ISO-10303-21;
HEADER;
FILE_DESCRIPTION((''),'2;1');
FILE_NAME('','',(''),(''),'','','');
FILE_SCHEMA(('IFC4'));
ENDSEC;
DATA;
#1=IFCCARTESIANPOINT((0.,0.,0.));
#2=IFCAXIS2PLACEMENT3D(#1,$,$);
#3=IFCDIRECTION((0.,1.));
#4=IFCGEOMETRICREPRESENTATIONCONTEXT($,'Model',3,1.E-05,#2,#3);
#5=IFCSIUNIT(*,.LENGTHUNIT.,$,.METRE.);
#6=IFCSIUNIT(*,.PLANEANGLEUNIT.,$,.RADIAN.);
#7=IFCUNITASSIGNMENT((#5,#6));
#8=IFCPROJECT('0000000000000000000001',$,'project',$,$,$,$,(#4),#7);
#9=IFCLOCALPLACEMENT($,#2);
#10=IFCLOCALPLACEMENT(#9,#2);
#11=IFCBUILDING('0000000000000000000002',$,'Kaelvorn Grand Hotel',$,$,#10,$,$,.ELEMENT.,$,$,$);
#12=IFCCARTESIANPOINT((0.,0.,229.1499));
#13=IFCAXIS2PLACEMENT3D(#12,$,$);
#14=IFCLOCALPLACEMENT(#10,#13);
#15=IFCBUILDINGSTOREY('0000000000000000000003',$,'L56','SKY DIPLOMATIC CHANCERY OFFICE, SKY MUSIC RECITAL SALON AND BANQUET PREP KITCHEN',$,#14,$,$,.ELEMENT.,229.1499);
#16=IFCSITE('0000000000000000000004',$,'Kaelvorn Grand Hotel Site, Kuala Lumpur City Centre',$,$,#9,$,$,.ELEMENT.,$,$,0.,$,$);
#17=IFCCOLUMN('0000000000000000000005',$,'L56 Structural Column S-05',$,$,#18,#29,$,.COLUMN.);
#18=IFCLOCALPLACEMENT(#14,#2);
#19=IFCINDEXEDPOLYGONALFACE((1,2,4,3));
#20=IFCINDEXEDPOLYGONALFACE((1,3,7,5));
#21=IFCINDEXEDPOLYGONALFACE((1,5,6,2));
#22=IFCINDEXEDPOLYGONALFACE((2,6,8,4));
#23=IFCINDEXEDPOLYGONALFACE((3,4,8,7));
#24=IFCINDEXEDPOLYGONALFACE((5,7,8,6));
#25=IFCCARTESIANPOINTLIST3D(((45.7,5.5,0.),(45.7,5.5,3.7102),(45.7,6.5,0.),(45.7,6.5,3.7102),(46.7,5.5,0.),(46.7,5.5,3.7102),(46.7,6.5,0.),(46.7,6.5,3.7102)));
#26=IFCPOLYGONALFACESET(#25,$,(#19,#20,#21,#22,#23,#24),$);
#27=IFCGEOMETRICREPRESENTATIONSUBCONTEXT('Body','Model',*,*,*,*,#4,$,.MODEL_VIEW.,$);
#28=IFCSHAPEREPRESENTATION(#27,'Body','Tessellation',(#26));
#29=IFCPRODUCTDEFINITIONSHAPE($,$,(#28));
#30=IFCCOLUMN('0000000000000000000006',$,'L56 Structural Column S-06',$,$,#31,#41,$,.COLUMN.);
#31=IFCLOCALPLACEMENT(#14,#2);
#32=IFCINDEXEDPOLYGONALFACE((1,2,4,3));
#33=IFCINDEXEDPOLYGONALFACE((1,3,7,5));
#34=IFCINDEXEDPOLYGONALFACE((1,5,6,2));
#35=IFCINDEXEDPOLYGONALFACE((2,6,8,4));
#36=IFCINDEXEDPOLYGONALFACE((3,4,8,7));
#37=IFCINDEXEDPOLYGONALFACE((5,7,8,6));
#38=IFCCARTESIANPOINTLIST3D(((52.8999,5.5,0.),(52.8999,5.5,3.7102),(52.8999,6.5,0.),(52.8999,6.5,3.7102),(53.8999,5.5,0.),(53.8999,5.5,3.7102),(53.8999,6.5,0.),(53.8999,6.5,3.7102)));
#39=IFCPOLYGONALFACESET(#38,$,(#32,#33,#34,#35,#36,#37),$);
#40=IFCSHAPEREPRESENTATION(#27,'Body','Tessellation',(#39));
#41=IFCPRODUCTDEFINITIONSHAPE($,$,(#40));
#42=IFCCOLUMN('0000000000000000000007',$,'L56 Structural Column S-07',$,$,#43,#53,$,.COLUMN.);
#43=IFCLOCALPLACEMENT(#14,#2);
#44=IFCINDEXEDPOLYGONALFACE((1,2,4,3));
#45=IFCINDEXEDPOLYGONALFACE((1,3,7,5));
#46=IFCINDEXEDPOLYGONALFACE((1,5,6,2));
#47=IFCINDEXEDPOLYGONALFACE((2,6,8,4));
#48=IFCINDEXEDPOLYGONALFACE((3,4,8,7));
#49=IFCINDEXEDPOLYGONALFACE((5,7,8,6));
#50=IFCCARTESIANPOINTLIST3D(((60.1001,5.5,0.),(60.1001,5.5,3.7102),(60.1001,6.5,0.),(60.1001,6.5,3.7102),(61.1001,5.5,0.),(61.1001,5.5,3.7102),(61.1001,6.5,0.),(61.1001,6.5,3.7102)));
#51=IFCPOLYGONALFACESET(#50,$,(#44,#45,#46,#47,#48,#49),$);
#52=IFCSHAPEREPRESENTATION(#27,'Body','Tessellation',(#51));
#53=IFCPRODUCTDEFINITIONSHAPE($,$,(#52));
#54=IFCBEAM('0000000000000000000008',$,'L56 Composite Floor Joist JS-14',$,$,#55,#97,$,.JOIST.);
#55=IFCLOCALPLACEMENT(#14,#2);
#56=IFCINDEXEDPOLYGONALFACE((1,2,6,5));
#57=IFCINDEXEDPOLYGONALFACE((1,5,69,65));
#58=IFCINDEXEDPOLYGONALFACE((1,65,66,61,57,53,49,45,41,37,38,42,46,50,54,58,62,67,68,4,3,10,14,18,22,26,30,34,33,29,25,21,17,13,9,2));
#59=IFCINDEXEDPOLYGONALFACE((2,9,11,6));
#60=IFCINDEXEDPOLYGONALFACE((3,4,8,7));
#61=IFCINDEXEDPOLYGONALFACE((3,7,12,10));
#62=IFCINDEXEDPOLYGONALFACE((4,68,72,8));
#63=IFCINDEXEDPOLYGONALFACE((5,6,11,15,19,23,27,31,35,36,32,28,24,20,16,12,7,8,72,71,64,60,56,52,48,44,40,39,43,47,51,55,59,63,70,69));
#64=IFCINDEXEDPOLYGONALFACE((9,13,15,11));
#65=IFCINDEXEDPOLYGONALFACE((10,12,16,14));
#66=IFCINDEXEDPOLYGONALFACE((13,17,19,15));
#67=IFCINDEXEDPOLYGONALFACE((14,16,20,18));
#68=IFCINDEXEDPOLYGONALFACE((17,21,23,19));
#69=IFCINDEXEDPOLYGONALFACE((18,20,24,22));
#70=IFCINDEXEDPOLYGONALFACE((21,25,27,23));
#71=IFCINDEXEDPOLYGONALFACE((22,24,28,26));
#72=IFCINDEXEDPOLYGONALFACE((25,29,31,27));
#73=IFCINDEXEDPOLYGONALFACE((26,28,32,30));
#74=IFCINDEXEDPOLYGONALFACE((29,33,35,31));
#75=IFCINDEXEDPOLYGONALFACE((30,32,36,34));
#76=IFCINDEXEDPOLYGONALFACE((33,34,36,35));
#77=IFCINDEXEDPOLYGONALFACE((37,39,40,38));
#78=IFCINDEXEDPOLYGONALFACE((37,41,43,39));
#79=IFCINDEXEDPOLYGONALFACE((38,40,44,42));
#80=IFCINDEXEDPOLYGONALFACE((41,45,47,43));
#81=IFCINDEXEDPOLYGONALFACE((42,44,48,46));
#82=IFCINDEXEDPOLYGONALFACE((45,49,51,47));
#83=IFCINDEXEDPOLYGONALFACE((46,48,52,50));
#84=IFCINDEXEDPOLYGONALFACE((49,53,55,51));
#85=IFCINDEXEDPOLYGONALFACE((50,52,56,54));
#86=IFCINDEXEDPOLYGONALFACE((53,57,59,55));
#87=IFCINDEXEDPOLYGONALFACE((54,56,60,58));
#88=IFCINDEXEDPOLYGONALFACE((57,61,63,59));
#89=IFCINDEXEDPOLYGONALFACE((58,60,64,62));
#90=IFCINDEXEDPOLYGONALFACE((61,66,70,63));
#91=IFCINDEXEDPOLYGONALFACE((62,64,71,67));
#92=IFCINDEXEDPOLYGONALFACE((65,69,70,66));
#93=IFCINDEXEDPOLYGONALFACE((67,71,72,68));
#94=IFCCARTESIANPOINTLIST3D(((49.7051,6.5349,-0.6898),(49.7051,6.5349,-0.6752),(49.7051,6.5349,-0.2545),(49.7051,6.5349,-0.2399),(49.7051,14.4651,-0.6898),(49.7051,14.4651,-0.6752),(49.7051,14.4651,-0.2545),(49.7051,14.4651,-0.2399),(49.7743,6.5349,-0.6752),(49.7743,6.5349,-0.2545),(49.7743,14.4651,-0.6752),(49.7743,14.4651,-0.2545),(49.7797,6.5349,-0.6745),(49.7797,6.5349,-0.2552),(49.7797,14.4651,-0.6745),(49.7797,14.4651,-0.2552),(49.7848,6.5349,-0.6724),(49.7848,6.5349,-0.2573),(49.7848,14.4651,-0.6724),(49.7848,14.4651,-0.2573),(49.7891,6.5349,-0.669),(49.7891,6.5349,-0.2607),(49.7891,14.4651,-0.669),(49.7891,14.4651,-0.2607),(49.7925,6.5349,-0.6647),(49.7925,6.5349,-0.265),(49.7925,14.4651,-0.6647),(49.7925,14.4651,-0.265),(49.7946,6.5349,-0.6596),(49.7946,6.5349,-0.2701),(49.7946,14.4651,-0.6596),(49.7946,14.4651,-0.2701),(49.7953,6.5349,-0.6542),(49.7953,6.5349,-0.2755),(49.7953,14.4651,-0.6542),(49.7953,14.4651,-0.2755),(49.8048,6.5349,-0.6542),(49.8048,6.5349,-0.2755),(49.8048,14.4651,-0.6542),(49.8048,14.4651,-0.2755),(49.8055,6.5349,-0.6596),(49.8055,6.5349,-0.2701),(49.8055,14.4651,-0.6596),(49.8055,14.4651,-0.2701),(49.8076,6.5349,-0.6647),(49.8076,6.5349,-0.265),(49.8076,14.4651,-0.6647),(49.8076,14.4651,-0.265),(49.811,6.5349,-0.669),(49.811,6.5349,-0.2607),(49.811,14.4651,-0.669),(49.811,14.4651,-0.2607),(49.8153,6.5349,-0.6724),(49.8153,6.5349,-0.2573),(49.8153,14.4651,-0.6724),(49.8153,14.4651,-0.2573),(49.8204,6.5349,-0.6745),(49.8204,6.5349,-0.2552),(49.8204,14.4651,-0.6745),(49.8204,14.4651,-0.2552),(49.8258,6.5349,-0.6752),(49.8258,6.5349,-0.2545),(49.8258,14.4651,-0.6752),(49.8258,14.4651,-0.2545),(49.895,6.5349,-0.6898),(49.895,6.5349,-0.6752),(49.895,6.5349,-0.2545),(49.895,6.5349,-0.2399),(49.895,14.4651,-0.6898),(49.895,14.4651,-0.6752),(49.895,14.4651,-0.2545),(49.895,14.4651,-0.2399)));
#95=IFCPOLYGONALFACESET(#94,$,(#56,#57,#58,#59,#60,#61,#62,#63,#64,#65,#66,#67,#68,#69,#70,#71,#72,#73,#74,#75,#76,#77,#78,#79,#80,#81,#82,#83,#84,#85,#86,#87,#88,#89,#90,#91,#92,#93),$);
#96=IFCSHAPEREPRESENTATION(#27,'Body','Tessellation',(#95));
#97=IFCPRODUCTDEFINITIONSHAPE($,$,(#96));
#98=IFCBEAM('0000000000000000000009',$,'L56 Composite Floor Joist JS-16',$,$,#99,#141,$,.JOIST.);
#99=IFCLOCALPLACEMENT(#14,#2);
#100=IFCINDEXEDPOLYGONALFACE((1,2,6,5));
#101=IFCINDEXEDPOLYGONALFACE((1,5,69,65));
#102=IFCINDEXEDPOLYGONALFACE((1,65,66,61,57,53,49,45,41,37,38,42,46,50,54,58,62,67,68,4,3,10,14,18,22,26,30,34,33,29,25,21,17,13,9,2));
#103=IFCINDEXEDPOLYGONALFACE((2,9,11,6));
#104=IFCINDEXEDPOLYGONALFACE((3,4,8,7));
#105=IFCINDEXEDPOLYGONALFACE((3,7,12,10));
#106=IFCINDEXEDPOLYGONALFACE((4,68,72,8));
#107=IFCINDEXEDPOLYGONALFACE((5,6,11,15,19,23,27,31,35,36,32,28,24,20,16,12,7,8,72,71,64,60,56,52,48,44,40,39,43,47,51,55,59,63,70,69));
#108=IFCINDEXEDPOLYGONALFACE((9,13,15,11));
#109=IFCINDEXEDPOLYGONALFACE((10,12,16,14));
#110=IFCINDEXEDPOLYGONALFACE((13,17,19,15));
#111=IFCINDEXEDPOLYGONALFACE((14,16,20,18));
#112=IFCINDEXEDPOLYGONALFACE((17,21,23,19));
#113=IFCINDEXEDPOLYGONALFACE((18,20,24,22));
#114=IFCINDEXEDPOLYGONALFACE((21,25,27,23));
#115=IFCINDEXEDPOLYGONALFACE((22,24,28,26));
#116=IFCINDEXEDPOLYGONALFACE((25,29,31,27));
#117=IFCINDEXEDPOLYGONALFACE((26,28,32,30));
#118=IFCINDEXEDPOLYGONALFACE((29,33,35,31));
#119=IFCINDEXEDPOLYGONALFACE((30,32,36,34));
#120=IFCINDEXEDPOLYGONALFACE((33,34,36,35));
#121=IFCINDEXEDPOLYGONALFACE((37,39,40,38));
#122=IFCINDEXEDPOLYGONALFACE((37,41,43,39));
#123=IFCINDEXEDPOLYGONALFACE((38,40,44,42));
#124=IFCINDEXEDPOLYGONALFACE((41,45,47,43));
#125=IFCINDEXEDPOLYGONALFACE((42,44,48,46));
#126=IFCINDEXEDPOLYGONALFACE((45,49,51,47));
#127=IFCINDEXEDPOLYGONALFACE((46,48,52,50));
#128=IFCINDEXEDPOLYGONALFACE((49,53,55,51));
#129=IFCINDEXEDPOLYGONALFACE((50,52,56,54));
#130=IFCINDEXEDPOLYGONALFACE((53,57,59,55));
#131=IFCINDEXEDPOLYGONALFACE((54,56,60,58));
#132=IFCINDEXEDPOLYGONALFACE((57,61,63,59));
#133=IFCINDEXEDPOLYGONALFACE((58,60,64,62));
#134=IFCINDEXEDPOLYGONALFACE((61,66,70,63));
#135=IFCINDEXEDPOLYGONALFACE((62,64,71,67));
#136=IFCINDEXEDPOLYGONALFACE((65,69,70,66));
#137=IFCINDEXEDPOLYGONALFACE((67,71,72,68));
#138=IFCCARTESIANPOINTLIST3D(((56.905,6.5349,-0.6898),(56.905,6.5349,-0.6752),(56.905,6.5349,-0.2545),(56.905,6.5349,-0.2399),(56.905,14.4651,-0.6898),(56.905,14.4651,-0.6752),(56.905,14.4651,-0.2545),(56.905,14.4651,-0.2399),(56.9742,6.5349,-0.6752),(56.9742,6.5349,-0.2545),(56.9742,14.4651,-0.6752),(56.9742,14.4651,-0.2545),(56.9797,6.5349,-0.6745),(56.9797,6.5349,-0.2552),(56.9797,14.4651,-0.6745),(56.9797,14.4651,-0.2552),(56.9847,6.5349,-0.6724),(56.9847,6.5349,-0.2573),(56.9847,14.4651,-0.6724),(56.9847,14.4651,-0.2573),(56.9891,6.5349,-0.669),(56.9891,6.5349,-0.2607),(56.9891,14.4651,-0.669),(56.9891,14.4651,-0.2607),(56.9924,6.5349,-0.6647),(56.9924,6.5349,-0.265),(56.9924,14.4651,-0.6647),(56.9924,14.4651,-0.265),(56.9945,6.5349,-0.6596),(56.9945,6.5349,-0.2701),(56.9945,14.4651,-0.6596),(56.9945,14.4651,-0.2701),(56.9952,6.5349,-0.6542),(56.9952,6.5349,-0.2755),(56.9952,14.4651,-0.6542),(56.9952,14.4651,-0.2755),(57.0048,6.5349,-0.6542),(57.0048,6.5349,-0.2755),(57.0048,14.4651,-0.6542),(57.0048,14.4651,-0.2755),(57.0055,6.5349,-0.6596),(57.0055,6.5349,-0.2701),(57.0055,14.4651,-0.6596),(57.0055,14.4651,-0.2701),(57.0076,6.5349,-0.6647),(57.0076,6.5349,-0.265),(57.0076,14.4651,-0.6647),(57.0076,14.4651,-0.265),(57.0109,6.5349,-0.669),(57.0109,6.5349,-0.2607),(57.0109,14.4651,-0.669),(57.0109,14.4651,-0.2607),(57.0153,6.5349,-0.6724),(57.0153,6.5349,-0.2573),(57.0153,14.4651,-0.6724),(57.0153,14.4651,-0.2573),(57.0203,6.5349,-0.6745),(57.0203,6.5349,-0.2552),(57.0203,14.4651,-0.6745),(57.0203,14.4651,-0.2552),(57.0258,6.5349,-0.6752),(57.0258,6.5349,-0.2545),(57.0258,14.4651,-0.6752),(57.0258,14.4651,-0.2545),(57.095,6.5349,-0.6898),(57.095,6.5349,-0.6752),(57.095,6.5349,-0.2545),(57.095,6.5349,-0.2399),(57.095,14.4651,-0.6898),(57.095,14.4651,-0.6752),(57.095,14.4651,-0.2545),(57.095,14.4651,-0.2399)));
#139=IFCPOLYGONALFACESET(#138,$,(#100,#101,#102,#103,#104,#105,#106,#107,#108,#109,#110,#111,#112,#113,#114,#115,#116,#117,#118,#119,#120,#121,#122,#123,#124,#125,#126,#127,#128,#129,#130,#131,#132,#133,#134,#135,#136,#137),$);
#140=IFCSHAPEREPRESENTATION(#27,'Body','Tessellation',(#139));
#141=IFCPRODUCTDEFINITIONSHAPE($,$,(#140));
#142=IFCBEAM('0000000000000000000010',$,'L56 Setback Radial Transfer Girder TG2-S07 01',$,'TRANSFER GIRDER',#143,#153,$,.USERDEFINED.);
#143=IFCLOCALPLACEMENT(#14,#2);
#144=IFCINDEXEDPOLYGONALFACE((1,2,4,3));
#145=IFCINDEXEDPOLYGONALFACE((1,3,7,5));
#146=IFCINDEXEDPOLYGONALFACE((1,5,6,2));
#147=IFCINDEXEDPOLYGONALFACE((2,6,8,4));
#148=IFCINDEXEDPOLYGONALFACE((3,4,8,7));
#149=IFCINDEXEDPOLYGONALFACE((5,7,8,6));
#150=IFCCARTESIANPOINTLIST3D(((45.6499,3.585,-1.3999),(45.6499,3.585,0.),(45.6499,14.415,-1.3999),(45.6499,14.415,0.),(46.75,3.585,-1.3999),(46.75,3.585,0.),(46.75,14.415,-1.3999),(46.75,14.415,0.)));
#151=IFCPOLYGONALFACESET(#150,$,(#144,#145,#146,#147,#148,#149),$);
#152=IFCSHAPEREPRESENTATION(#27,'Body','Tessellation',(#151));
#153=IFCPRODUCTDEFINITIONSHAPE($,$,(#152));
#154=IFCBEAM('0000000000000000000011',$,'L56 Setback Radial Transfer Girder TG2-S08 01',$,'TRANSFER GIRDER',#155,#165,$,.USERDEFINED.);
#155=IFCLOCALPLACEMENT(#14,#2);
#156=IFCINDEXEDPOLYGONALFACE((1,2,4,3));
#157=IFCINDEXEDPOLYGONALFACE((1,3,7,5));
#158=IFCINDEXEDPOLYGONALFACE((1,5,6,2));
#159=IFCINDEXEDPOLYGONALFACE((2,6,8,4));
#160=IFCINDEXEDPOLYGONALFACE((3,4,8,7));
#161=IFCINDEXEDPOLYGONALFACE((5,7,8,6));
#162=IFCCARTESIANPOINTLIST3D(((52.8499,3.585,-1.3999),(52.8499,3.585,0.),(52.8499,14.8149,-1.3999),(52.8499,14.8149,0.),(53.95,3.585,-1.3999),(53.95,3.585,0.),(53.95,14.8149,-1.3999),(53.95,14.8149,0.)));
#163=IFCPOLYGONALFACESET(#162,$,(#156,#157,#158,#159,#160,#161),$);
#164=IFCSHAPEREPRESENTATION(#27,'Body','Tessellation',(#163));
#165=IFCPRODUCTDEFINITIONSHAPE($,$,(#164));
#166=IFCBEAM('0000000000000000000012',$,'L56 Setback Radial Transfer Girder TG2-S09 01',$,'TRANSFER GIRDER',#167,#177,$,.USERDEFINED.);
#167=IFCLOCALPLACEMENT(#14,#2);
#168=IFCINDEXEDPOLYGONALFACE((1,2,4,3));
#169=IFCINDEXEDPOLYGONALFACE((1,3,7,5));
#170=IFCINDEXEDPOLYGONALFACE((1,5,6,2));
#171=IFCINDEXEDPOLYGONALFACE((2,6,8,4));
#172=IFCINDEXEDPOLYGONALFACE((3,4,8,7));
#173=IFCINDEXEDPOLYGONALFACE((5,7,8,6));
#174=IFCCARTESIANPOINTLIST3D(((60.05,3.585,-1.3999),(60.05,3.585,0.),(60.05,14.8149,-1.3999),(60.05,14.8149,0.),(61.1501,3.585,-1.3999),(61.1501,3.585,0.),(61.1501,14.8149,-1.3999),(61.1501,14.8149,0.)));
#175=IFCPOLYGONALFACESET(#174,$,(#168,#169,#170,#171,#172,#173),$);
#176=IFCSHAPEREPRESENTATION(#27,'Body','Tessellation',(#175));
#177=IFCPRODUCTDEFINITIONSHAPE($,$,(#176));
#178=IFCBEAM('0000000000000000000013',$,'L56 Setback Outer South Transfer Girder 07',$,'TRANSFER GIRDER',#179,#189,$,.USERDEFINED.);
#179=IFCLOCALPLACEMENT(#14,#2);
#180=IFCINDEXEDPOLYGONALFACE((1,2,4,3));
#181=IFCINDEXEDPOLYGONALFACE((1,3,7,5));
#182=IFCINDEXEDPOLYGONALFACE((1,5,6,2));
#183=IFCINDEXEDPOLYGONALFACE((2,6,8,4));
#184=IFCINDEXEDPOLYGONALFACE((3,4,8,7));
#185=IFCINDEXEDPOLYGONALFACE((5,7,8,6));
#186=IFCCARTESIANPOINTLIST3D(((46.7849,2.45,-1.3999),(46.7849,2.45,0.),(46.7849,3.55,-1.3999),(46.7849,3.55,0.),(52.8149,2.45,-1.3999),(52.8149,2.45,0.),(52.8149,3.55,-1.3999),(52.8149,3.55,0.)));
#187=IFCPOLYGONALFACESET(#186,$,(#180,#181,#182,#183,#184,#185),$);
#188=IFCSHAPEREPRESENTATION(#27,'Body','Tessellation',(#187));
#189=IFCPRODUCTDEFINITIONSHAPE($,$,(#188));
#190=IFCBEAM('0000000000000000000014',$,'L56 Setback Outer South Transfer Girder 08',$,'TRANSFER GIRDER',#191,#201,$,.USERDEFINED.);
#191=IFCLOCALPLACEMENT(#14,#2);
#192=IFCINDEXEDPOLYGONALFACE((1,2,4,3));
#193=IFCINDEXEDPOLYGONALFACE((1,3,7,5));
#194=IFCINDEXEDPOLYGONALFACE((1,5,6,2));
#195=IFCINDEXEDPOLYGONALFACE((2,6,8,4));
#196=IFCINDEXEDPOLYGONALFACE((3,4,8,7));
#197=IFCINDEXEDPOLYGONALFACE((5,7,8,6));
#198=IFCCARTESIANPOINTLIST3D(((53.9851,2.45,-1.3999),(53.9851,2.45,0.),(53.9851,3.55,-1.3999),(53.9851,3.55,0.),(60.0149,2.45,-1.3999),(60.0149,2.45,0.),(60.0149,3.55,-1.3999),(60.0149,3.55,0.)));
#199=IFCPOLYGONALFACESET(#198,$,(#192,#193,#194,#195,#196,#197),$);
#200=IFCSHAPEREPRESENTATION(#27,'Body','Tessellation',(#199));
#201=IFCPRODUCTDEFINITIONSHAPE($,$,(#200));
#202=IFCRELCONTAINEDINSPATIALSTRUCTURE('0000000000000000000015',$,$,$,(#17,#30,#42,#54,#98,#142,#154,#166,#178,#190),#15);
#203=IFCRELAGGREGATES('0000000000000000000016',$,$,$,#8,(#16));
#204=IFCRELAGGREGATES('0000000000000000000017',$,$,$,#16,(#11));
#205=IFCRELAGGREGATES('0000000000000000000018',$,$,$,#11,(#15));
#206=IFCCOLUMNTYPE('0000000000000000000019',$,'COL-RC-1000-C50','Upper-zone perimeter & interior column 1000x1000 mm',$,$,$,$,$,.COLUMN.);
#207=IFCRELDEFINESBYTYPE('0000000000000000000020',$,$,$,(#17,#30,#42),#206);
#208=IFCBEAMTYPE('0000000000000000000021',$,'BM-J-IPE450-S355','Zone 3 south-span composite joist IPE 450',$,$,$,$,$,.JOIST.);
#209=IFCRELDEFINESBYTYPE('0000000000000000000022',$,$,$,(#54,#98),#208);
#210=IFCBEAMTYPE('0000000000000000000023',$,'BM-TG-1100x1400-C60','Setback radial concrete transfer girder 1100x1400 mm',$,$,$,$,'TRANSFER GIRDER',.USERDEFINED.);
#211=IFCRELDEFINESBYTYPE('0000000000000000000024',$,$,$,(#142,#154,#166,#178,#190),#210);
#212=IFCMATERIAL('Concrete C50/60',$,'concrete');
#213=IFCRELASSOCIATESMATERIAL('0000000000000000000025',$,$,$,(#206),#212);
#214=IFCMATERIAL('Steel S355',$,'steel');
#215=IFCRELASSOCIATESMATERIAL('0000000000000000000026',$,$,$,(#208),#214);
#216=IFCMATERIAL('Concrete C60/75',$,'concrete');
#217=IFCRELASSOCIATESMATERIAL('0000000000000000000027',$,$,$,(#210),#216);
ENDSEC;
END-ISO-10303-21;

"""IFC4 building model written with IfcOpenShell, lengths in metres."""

from ifc_helpers import new_model, si_unit, direction, frame, origin, origin_2d, place, context, subcontext, project, spatial, rectangle, i_section, extrude, material, material_profile, profile_set, type_object, element, save


model = new_model("IFC4")

# Units and contexts
model_context = context("Model", 3, precision=1e-05, world=origin(), true_north=direction((0.0, 1.0)))
body_context = subcontext(model_context, "Body", "Model", "MODEL_VIEW")
ifc_project = project(units=[si_unit("LENGTHUNIT", "METRE"), si_unit("PLANEANGLEUNIT", "RADIAN")], contexts=[model_context])

# Site, building, storey
site_placement = place(None, origin())
site = spatial("IfcSite", under=ifc_project, at=site_placement, Name="Kaelvorn Grand Hotel Site, Kuala Lumpur City Centre", CompositionType="ELEMENT", RefElevation=0.0)
building_placement = place(site_placement, origin())
building = spatial("IfcBuilding", under=site, at=building_placement, Name="Kaelvorn Grand Hotel", CompositionType="ELEMENT")
storey_placement = place(building_placement, frame((0.0, 0.0, 229.1499)))
storey = spatial("IfcBuildingStorey", under=building, at=storey_placement, Name="L56", Description="SKY DIPLOMATIC CHANCERY OFFICE, SKY MUSIC RECITAL SALON AND BANQUET PREP KITCHEN", CompositionType="ELEMENT", Elevation=229.1499)

# Columns
ifc_material_1 = material(Name="Concrete C50/60", Category="concrete")
ifc_material_profile_1 = material_profile(ifc_material_1, rectangle(XDim=1.0, YDim=1.0, at=origin_2d()), Name="RC COL 1000x1000")
ifc_profile_set_1 = profile_set([ifc_material_profile_1], Name="Concrete C50/60")
column_type = type_object("IfcColumnType", Name="COL-RC-1000-C50", Description="Upper-zone perimeter & interior column 1000x1000 mm", PredefinedType="COLUMN", material=ifc_profile_set_1)
for number, where, z_axis, x_axis, name in (
    (1, (46.2, 6.0, 0.0), (0.0, 0.0, 1.0), (1.0, 0.0, 0.0), "L56 Structural Column S-05"),
    (2, (53.3999, 6.0, 0.0), (0.0, 0.0, 1.0), (1.0, 0.0, 0.0), "L56 Structural Column S-06"),
    (3, (60.6001, 6.0, 0.0), (0.0, 0.0, 1.0), (1.0, 0.0, 0.0), "L56 Structural Column S-07"),
):
    element("IfcColumn", number, at=place(storey_placement, frame(where, z_axis=z_axis, x_axis=x_axis)), inside=storey, type_object=column_type, Name=name, PredefinedType="COLUMN", context=body_context, shape_type="SweptSolid", body=[
        extrude(rectangle(XDim=1.0, YDim=1.0, at=origin_2d()), origin(), (0.0, 0.0, 1.0), 3.7102),
    ])

# Beams
ifc_material_2 = material(Name="Steel S355", Category="steel")
ifc_material_profile_2 = material_profile(ifc_material_2, i_section(OverallWidth=0.1899, OverallDepth=0.45, WebThickness=0.0095, FlangeThickness=0.0146, FilletRadius=0.021, at=origin_2d()), Name="IPE 450")
ifc_profile_set_2 = profile_set([ifc_material_profile_2], Name="Steel S355")
beam_type_1 = type_object("IfcBeamType", Name="BM-J-IPE450-S355", Description="Zone 3 south-span composite joist IPE 450", PredefinedType="JOIST", material=ifc_profile_set_2)
for number, where, z_axis, x_axis, name in (
    (4, (49.8, 6.5349, -0.4648), (0.0, 1.0, 0.0), (-1.0, 0.0, 0.0), "L56 Composite Floor Joist JS-14"),
    (5, (57.0, 6.5349, -0.4648), (0.0, 1.0, 0.0), (-1.0, 0.0, 0.0), "L56 Composite Floor Joist JS-16"),
):
    element("IfcBeam", number, at=place(storey_placement, frame(where, z_axis=z_axis, x_axis=x_axis)), inside=storey, type_object=beam_type_1, Name=name, PredefinedType="JOIST", context=body_context, shape_type="SweptSolid", body=[
        extrude(i_section(OverallWidth=0.1899, OverallDepth=0.45, WebThickness=0.0095, FlangeThickness=0.0146, FilletRadius=0.021, at=origin_2d()), origin(), (0.0, 0.0, 1.0), 7.9302),
    ])
ifc_material_3 = material(Name="Concrete C60/75", Category="concrete")
ifc_material_profile_3 = material_profile(ifc_material_3, rectangle(XDim=1.1001, YDim=1.3999, at=origin_2d()), Name="RC TG 1100x1400")
ifc_profile_set_3 = profile_set([ifc_material_profile_3], Name="Concrete C60/75")
beam_type_2 = type_object("IfcBeamType", Name="BM-TG-1100x1400-C60", Description="Setback radial concrete transfer girder 1100x1400 mm", ElementType="TRANSFER GIRDER", PredefinedType="USERDEFINED", material=ifc_profile_set_3)
beam_1_placement = place(storey_placement, frame((46.2, 3.585, -0.7), z_axis=(0.0, 1.0, 0.0), x_axis=(-1.0, 0.0, 0.0)))
element("IfcBeam", 6, at=beam_1_placement, inside=storey, type_object=beam_type_2, Name="L56 Setback Radial Transfer Girder TG2-S07 01", ObjectType="TRANSFER GIRDER", PredefinedType="USERDEFINED", context=body_context, shape_type="SweptSolid", body=[
    extrude(rectangle(XDim=1.1001, YDim=1.3999, at=origin_2d()), origin(), (0.0, 0.0, 1.0), 10.8301),
])
for number, where, z_axis, x_axis, name in (
    (7, (53.3999, 3.585, -0.7), (0.0, 1.0, 0.0), (-1.0, 0.0, 0.0), "L56 Setback Radial Transfer Girder TG2-S08 01"),
    (8, (60.6001, 3.585, -0.7), (0.0, 1.0, 0.0), (-1.0, 0.0, 0.0), "L56 Setback Radial Transfer Girder TG2-S09 01"),
):
    element("IfcBeam", number, at=place(storey_placement, frame(where, z_axis=z_axis, x_axis=x_axis)), inside=storey, type_object=beam_type_2, Name=name, ObjectType="TRANSFER GIRDER", PredefinedType="USERDEFINED", context=body_context, shape_type="SweptSolid", body=[
        extrude(rectangle(XDim=1.1001, YDim=1.3999, at=origin_2d()), origin(), (0.0, 0.0, 1.0), 11.23),
    ])
beam_2_placement = place(storey_placement, frame((46.7849, 3.0, -0.7), z_axis=(1.0, 0.0, 0.0), x_axis=(0.0, 1.0, 0.0)))
element("IfcBeam", 9, at=beam_2_placement, inside=storey, type_object=beam_type_2, Name="L56 Setback Outer South Transfer Girder 07", ObjectType="TRANSFER GIRDER", PredefinedType="USERDEFINED", context=body_context, shape_type="SweptSolid", body=[
    extrude(rectangle(XDim=1.1001, YDim=1.3999, at=origin_2d()), origin(), (0.0, 0.0, 1.0), 6.03),
])
beam_3_placement = place(storey_placement, frame((53.9851, 3.0, -0.7), z_axis=(1.0, 0.0, 0.0), x_axis=(0.0, 1.0, 0.0)))
element("IfcBeam", 10, at=beam_3_placement, inside=storey, type_object=beam_type_2, Name="L56 Setback Outer South Transfer Girder 08", ObjectType="TRANSFER GIRDER", PredefinedType="USERDEFINED", context=body_context, shape_type="SweptSolid", body=[
    extrude(rectangle(XDim=1.1001, YDim=1.3999, at=origin_2d()), origin(), (0.0, 0.0, 1.0), 6.0298),
])

save(model, "model.ifc")
